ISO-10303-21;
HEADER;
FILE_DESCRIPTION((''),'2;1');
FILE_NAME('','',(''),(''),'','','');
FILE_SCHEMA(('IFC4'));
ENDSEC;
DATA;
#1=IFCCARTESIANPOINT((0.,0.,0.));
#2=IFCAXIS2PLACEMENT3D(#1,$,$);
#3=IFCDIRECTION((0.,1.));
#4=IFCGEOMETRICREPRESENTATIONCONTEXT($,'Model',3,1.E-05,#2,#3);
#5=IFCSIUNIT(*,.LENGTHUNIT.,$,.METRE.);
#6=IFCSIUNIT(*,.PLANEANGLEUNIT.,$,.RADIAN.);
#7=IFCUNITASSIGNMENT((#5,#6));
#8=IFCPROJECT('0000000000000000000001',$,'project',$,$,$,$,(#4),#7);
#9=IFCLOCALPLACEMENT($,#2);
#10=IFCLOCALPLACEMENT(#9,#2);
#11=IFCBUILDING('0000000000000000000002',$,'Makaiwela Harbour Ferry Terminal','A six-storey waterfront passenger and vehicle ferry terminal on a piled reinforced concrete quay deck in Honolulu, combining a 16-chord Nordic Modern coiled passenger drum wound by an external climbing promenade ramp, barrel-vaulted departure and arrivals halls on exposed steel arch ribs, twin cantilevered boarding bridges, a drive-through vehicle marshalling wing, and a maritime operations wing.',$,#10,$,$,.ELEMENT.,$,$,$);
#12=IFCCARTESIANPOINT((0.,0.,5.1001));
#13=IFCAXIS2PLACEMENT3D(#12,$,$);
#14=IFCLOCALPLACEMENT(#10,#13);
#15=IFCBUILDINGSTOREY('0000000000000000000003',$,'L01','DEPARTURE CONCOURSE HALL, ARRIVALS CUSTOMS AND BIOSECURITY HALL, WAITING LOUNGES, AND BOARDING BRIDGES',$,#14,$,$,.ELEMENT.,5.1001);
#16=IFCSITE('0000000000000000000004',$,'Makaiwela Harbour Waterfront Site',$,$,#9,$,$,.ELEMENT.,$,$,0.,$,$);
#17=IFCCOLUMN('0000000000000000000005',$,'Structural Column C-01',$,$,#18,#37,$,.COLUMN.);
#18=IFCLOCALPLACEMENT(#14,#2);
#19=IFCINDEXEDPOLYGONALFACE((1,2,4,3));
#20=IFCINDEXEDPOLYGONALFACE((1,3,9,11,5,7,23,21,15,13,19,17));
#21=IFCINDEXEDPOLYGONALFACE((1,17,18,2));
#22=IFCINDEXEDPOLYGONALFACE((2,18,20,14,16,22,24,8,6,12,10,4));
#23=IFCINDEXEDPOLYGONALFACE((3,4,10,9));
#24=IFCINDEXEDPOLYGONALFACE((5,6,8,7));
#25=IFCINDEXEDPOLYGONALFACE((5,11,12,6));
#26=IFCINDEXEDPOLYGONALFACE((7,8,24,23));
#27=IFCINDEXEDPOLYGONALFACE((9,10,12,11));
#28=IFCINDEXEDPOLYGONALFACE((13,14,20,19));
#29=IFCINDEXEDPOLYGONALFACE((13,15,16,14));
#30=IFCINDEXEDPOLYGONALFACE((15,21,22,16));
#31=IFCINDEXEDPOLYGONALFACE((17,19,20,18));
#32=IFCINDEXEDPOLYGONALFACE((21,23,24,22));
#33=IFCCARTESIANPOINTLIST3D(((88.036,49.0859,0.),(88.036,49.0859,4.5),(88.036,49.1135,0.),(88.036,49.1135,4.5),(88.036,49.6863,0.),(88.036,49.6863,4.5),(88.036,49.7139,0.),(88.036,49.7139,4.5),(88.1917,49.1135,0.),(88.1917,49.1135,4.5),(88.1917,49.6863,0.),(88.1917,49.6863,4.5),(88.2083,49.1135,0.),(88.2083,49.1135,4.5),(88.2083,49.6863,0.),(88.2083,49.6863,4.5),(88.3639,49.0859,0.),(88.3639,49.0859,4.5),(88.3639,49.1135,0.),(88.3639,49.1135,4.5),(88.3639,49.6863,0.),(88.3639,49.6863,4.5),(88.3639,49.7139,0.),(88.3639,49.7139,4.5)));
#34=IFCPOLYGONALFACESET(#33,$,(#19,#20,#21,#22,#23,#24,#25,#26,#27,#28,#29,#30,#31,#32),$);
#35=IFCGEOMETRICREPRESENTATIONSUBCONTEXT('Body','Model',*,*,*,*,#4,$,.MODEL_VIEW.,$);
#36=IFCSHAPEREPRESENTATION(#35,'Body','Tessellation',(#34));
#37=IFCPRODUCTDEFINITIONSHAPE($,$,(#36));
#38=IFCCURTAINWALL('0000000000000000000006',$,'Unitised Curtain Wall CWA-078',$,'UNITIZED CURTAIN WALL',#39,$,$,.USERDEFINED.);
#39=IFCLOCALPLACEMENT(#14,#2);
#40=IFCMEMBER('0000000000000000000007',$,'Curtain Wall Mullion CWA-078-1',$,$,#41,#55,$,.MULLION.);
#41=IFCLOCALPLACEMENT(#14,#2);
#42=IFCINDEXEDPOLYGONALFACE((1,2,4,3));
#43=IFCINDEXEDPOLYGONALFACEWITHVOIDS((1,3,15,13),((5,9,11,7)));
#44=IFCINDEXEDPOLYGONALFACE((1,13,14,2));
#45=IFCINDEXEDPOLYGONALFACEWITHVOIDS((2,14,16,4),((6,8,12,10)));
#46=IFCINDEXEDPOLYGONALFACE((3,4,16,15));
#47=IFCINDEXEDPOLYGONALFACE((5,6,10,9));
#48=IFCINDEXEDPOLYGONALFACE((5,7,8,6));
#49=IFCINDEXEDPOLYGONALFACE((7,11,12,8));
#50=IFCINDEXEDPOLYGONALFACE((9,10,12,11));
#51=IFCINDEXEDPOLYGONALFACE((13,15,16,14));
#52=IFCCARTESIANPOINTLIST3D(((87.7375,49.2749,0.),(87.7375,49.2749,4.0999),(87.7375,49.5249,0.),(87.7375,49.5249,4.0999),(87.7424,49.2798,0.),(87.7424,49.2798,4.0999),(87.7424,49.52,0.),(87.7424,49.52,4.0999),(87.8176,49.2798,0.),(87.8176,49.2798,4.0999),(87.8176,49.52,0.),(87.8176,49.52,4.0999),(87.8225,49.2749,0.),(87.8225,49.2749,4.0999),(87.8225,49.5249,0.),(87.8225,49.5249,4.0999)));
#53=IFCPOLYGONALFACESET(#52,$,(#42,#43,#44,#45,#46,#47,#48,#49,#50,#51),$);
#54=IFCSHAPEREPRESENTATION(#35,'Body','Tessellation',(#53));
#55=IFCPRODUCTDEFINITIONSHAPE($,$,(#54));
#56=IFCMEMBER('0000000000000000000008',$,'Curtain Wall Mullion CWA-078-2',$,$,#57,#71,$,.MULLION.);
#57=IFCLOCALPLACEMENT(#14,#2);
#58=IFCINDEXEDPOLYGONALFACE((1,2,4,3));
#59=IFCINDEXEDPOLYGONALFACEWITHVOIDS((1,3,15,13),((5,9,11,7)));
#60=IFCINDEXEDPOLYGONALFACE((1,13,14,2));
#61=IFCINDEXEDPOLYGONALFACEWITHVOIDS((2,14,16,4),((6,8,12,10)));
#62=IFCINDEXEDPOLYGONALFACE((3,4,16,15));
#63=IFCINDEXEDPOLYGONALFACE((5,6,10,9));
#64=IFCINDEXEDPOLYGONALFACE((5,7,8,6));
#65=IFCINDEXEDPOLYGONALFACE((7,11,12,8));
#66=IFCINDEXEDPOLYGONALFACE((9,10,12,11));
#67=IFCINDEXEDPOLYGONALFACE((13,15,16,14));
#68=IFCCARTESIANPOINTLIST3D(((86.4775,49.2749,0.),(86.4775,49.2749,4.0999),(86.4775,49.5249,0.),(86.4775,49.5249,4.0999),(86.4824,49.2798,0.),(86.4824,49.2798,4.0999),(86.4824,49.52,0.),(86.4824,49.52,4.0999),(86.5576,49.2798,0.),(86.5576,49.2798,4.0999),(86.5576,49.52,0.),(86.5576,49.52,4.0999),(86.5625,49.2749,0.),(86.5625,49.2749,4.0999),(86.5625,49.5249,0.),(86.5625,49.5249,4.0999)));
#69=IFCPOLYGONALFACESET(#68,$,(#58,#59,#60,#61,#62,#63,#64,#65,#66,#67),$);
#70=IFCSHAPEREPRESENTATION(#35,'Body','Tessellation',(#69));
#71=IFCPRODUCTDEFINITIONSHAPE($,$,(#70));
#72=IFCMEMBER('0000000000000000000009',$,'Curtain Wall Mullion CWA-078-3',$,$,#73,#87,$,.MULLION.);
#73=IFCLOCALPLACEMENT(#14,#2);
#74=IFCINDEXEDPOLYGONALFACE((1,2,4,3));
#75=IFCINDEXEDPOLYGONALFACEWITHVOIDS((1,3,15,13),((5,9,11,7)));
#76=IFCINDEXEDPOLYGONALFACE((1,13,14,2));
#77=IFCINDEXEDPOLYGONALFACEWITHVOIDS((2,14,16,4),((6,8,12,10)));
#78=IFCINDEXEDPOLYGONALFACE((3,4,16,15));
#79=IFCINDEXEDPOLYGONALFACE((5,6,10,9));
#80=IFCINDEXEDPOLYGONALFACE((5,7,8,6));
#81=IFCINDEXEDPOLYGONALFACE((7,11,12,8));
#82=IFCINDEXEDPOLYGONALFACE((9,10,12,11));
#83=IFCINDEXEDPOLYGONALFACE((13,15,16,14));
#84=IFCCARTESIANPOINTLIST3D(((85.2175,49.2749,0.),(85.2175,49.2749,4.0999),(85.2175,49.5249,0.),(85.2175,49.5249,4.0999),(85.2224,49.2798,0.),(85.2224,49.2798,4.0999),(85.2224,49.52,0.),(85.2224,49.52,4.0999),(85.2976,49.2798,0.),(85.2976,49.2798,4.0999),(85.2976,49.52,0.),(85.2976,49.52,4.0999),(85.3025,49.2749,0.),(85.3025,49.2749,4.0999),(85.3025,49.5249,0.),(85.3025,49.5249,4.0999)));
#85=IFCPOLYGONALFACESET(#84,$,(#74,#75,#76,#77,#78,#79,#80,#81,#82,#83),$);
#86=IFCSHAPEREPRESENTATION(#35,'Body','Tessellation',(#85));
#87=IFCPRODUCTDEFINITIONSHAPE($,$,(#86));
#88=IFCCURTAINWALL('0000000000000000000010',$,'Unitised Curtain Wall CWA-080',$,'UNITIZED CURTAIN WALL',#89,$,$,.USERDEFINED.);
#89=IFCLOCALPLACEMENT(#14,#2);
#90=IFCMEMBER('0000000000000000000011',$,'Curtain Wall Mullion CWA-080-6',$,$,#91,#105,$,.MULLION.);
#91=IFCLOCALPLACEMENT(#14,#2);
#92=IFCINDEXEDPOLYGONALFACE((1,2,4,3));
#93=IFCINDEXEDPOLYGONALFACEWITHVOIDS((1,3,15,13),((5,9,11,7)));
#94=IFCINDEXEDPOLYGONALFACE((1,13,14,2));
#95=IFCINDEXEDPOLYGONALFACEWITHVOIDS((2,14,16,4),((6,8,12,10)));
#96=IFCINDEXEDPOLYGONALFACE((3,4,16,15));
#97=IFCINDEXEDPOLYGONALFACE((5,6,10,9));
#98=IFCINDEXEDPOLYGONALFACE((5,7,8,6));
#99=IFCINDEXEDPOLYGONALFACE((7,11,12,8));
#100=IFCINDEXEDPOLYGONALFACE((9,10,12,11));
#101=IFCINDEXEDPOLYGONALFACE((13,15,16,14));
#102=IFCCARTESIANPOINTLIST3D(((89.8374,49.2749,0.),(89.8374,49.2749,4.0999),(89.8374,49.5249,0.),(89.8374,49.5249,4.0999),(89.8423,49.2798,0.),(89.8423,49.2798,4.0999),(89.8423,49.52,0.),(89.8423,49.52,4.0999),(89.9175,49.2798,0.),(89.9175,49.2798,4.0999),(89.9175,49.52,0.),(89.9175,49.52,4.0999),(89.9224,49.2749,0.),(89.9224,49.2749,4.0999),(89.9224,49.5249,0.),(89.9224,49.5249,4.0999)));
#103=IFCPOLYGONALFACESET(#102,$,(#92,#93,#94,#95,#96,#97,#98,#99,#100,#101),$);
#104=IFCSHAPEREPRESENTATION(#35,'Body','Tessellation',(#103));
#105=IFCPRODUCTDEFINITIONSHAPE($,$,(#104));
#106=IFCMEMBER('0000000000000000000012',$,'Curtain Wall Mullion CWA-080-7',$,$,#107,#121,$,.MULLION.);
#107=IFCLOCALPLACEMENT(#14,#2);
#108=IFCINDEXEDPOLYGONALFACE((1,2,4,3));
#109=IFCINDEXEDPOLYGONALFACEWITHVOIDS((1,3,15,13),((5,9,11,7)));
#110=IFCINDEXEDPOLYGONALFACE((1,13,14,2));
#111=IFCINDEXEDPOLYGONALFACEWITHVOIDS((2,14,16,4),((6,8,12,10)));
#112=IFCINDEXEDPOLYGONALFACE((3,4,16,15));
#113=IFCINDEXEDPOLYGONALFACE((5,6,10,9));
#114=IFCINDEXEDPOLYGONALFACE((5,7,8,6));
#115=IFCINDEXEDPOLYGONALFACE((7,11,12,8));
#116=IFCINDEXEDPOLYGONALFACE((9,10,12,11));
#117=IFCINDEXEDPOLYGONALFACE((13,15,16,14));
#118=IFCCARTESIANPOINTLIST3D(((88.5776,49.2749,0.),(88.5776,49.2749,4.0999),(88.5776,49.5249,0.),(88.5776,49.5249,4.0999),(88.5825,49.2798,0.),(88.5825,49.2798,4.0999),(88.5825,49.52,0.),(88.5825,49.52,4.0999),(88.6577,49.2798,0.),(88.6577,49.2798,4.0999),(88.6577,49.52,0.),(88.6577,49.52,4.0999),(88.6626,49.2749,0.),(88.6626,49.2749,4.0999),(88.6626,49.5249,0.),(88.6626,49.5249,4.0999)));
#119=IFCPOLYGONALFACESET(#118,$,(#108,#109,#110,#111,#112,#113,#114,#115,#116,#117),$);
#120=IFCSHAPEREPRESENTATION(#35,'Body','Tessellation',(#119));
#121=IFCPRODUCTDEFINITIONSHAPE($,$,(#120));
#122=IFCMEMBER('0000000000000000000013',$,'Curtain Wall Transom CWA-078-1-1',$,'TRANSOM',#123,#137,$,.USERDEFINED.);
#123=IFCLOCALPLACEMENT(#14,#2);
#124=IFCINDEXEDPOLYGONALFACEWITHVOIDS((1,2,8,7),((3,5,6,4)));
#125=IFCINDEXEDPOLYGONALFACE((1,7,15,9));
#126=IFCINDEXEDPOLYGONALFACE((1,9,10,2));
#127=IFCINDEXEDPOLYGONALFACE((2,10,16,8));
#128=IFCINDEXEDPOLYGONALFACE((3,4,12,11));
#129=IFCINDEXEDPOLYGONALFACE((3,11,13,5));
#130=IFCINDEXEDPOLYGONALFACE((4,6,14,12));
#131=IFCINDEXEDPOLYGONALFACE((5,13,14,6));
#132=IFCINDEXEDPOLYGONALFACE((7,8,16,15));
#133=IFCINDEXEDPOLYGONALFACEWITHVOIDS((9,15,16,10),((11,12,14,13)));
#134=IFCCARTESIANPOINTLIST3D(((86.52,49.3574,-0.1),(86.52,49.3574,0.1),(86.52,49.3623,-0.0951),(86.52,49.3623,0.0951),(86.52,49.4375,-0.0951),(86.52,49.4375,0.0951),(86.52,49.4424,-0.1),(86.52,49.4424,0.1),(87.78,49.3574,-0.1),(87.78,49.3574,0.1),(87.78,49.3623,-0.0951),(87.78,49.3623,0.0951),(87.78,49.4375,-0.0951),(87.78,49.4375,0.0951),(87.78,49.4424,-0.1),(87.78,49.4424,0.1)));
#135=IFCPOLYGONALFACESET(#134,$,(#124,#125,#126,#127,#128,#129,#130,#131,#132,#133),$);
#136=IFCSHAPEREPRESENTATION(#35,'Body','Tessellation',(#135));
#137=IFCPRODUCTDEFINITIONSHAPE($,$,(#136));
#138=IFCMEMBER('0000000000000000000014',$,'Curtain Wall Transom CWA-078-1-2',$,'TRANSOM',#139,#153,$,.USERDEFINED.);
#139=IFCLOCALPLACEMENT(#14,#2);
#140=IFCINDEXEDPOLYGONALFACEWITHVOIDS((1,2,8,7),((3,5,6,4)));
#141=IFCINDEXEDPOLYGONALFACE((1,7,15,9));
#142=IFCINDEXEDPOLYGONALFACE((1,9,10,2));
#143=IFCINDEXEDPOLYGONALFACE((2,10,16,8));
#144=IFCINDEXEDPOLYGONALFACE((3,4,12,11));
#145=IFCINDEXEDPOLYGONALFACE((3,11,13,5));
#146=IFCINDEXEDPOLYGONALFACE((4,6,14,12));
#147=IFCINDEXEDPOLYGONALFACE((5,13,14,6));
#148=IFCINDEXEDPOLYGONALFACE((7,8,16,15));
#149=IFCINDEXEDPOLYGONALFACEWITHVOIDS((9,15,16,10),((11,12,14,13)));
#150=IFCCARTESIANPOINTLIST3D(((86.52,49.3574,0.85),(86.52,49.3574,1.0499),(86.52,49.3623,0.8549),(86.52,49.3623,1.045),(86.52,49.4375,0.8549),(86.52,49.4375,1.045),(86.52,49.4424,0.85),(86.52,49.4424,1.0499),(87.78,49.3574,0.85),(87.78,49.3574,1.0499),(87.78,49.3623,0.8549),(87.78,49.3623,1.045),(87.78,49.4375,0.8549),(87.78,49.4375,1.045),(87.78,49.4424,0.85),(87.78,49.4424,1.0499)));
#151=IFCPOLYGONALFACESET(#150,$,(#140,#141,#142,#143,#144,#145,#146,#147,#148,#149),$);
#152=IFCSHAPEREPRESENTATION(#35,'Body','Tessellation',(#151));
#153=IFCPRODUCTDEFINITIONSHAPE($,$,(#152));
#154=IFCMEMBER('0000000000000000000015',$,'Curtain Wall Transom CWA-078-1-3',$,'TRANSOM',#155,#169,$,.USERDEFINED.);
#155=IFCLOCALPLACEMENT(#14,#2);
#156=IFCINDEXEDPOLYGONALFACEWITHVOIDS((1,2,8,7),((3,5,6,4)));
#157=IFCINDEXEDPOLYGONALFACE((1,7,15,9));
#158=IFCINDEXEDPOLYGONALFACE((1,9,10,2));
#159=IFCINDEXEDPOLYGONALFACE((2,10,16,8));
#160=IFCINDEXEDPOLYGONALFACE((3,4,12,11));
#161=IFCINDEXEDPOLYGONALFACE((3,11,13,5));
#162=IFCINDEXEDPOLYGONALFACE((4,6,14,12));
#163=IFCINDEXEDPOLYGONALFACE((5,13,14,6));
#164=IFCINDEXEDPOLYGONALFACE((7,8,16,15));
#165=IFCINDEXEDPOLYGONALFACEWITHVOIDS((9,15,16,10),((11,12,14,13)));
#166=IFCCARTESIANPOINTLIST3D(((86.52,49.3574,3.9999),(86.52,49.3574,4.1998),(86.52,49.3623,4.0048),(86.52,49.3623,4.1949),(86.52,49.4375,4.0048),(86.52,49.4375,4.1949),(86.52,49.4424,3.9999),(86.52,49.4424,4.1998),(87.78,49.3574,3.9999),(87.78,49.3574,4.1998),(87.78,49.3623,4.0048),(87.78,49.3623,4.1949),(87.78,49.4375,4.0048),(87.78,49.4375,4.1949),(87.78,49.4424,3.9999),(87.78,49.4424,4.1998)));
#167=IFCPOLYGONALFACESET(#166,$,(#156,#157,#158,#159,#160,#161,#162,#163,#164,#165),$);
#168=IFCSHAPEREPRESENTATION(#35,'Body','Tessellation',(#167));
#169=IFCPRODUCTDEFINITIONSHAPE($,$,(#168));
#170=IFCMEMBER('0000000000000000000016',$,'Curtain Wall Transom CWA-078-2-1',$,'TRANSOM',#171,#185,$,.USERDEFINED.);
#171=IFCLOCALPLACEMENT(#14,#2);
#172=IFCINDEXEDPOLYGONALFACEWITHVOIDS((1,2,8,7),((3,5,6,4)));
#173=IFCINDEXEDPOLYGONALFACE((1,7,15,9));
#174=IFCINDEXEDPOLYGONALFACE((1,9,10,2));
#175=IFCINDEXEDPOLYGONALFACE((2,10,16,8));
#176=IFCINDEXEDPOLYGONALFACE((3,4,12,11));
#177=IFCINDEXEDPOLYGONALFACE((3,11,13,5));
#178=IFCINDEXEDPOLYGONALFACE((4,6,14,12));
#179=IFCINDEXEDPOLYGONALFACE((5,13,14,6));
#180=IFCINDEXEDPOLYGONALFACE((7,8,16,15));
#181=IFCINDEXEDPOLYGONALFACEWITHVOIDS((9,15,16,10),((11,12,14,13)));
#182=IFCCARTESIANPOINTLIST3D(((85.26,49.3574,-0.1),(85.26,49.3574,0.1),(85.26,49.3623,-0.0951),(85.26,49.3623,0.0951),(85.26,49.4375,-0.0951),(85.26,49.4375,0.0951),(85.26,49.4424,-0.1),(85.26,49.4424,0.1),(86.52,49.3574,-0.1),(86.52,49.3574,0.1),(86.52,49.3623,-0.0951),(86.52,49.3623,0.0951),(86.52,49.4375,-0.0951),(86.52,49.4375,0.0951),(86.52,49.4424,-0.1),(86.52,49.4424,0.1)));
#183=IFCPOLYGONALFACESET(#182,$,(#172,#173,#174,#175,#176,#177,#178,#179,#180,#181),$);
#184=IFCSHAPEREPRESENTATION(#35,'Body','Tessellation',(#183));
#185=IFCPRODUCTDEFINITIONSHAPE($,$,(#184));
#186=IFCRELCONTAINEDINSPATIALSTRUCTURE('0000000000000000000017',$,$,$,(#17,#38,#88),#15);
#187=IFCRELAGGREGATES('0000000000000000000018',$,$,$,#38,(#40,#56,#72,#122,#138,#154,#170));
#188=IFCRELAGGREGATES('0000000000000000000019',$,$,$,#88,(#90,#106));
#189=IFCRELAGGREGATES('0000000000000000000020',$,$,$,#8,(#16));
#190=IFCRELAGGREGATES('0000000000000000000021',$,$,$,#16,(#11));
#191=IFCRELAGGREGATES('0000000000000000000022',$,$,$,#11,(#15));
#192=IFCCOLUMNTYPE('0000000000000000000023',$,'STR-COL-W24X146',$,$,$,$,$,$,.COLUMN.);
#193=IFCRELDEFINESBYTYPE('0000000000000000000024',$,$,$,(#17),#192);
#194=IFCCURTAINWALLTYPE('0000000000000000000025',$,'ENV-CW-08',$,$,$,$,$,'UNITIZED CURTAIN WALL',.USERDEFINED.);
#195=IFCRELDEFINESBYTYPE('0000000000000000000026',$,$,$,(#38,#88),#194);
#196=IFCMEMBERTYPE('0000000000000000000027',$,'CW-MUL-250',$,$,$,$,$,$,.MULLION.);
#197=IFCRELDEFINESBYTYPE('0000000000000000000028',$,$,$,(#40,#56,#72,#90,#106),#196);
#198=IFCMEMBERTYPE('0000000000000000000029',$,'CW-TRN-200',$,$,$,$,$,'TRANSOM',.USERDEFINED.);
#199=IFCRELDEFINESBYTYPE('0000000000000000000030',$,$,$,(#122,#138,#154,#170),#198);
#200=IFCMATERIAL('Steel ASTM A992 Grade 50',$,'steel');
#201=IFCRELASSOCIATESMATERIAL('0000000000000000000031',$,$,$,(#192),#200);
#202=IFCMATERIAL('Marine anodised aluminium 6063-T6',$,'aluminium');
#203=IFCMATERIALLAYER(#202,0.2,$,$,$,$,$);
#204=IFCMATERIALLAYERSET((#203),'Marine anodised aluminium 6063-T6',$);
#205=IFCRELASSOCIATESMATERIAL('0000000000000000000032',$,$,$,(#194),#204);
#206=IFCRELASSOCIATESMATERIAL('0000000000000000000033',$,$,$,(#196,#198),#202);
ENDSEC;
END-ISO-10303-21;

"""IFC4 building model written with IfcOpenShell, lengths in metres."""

from ifc_helpers import new_model, si_unit, direction, frame, origin, origin_2d, place, context, subcontext, project, spatial, hollow_rectangle, i_section, extrude, material, layer, layer_set, material_profile, profile_set, type_object, element, aggregate, save


model = new_model("IFC4")

# Units and contexts
model_context = context("Model", 3, precision=1e-05, world=origin(), true_north=direction((0.0, 1.0)))
body_context = subcontext(model_context, "Body", "Model", "MODEL_VIEW")
ifc_project = project(units=[si_unit("LENGTHUNIT", "METRE"), si_unit("PLANEANGLEUNIT", "RADIAN")], contexts=[model_context])

# Site, building, storey
site_placement = place(None, origin())
site = spatial("IfcSite", under=ifc_project, at=site_placement, Name="Makaiwela Harbour Waterfront Site", CompositionType="ELEMENT", RefElevation=0.0)
building_placement = place(site_placement, origin())
building = spatial("IfcBuilding", under=site, at=building_placement, Name="Makaiwela Harbour Ferry Terminal", Description="A six-storey waterfront passenger and vehicle ferry terminal on a piled reinforced concrete quay deck in Honolulu, combining a 16-chord Nordic Modern coiled passenger drum wound by an external climbing promenade ramp, barrel-vaulted departure and arrivals halls on exposed steel arch ribs, twin cantilevered boarding bridges, a drive-through vehicle marshalling wing, and a maritime operations wing.", CompositionType="ELEMENT")
storey_placement = place(building_placement, frame((0.0, 0.0, 5.1001)))
storey = spatial("IfcBuildingStorey", under=building, at=storey_placement, Name="L01", Description="DEPARTURE CONCOURSE HALL, ARRIVALS CUSTOMS AND BIOSECURITY HALL, WAITING LOUNGES, AND BOARDING BRIDGES", CompositionType="ELEMENT", Elevation=5.1001)

# Column
ifc_material_1 = material(Name="Steel ASTM A992 Grade 50", Category="steel")
ifc_material_profile_1 = material_profile(ifc_material_1, i_section(OverallWidth=0.3279, OverallDepth=0.6279, WebThickness=0.0166, FlangeThickness=0.0276, at=origin_2d()), Name="W24X146")
ifc_profile_set_1 = profile_set([ifc_material_profile_1], Name="Steel ASTM A992 Grade 50")
column_type = type_object("IfcColumnType", Name="STR-COL-W24X146", PredefinedType="COLUMN", material=ifc_profile_set_1)
column_placement = place(storey_placement, frame((88.2, 49.3999, 0.0), z_axis=(0.0, 0.0, 1.0), x_axis=(1.0, 0.0, 0.0)))
element("IfcColumn", 1, at=column_placement, inside=storey, type_object=column_type, Name="Structural Column C-01", PredefinedType="COLUMN", context=body_context, shape_type="SweptSolid", body=[
    extrude(i_section(OverallWidth=0.3279, OverallDepth=0.6279, WebThickness=0.0166, FlangeThickness=0.0276, at=origin_2d()), origin(), (0.0, 0.0, 1.0), 4.5),
])

# Curtain walls, members
ifc_material_2 = material(Name="Marine anodised aluminium 6063-T6", Category="aluminium")
ifc_layer_1 = layer(ifc_material_2, 0.2)
ifc_layer_set_1 = layer_set([ifc_layer_1], Name="Marine anodised aluminium 6063-T6")
curtain_wall_type = type_object("IfcCurtainWallType", Name="ENV-CW-08", ElementType="UNITIZED CURTAIN WALL", PredefinedType="USERDEFINED", material=ifc_layer_set_1)
curtain_wall_1_placement = place(storey_placement, origin())
curtain_wall_1 = element("IfcCurtainWall", 2, at=curtain_wall_1_placement, inside=storey, type_object=curtain_wall_type, Name="Unitised Curtain Wall CWA-078", ObjectType="UNITIZED CURTAIN WALL", PredefinedType="USERDEFINED")
ifc_material_profile_2 = material_profile(ifc_material_2, hollow_rectangle(XDim=0.085, YDim=0.25, WallThickness=0.0049, at=origin_2d()), Name="CWM-250X85")
ifc_profile_set_2 = profile_set([ifc_material_profile_2], Name="Marine anodised aluminium 6063-T6")
member_type_1 = type_object("IfcMemberType", Name="CW-MUL-250", PredefinedType="MULLION", material=ifc_profile_set_2)
member_1_placement = place(storey_placement, frame((87.78, 49.3999, 0.0), z_axis=(0.0, 0.0, 1.0), x_axis=(1.0, 0.0, 0.0)))
member_1 = element("IfcMember", 3, at=member_1_placement, type_object=member_type_1, Name="Curtain Wall Mullion CWA-078-1", PredefinedType="MULLION", context=body_context, shape_type="SweptSolid", body=[
    extrude(hollow_rectangle(XDim=0.085, YDim=0.25, WallThickness=0.0049, at=origin_2d()), origin(), (0.0, 0.0, 1.0), 4.0999),
])
member_2_placement = place(storey_placement, frame((86.52, 49.3999, 0.0), z_axis=(0.0, 0.0, 1.0), x_axis=(1.0, 0.0, 0.0)))
member_2 = element("IfcMember", 4, at=member_2_placement, type_object=member_type_1, Name="Curtain Wall Mullion CWA-078-2", PredefinedType="MULLION", context=body_context, shape_type="SweptSolid", body=[
    extrude(hollow_rectangle(XDim=0.085, YDim=0.25, WallThickness=0.0049, at=origin_2d()), origin(), (0.0, 0.0, 1.0), 4.0999),
])
member_3_placement = place(storey_placement, frame((85.26, 49.3999, 0.0), z_axis=(0.0, 0.0, 1.0), x_axis=(1.0, 0.0, 0.0)))
member_3 = element("IfcMember", 5, at=member_3_placement, type_object=member_type_1, Name="Curtain Wall Mullion CWA-078-3", PredefinedType="MULLION", context=body_context, shape_type="SweptSolid", body=[
    extrude(hollow_rectangle(XDim=0.085, YDim=0.25, WallThickness=0.0049, at=origin_2d()), origin(), (0.0, 0.0, 1.0), 4.0999),
])
curtain_wall_2_placement = place(storey_placement, origin())
curtain_wall_2 = element("IfcCurtainWall", 6, at=curtain_wall_2_placement, inside=storey, type_object=curtain_wall_type, Name="Unitised Curtain Wall CWA-080", ObjectType="UNITIZED CURTAIN WALL", PredefinedType="USERDEFINED")
member_4_placement = place(storey_placement, frame((89.8799, 49.3999, 0.0), z_axis=(0.0, 0.0, 1.0), x_axis=(1.0, 0.0, 0.0)))
member_4 = element("IfcMember", 7, at=member_4_placement, type_object=member_type_1, Name="Curtain Wall Mullion CWA-080-6", PredefinedType="MULLION", context=body_context, shape_type="SweptSolid", body=[
    extrude(hollow_rectangle(XDim=0.085, YDim=0.25, WallThickness=0.0049, at=origin_2d()), origin(), (0.0, 0.0, 1.0), 4.0999),
])
member_5_placement = place(storey_placement, frame((88.6201, 49.3999, 0.0), z_axis=(0.0, 0.0, 1.0), x_axis=(1.0, 0.0, 0.0)))
member_5 = element("IfcMember", 8, at=member_5_placement, type_object=member_type_1, Name="Curtain Wall Mullion CWA-080-7", PredefinedType="MULLION", context=body_context, shape_type="SweptSolid", body=[
    extrude(hollow_rectangle(XDim=0.085, YDim=0.25, WallThickness=0.0049, at=origin_2d()), origin(), (0.0, 0.0, 1.0), 4.0999),
])

# Members
ifc_material_profile_3 = material_profile(ifc_material_2, hollow_rectangle(XDim=0.085, YDim=0.2, WallThickness=0.0049, at=origin_2d()), Name="CWT-200X85")
ifc_profile_set_3 = profile_set([ifc_material_profile_3], Name="Marine anodised aluminium 6063-T6")
member_type_2 = type_object("IfcMemberType", Name="CW-TRN-200", ElementType="TRANSOM", PredefinedType="USERDEFINED", material=ifc_profile_set_3)
member_6_placement = place(storey_placement, frame((87.78, 49.3999, 0.0), z_axis=(-1.0, 0.0, 0.0), x_axis=(0.0, -1.0, 0.0)))
member_6 = element("IfcMember", 9, at=member_6_placement, type_object=member_type_2, Name="Curtain Wall Transom CWA-078-1-1", ObjectType="TRANSOM", PredefinedType="USERDEFINED", context=body_context, shape_type="SweptSolid", body=[
    extrude(hollow_rectangle(XDim=0.085, YDim=0.2, WallThickness=0.0049, at=origin_2d()), origin(), (0.0, 0.0, 1.0), 1.26),
])
member_7_placement = place(storey_placement, frame((87.78, 49.3999, 0.95), z_axis=(-1.0, 0.0, 0.0), x_axis=(0.0, -1.0, 0.0)))
member_7 = element("IfcMember", 10, at=member_7_placement, type_object=member_type_2, Name="Curtain Wall Transom CWA-078-1-2", ObjectType="TRANSOM", PredefinedType="USERDEFINED", context=body_context, shape_type="SweptSolid", body=[
    extrude(hollow_rectangle(XDim=0.085, YDim=0.2, WallThickness=0.0049, at=origin_2d()), origin(), (0.0, 0.0, 1.0), 1.26),
])
member_8_placement = place(storey_placement, frame((87.78, 49.3999, 4.0999), z_axis=(-1.0, 0.0, 0.0), x_axis=(0.0, -1.0, 0.0)))
member_8 = element("IfcMember", 11, at=member_8_placement, type_object=member_type_2, Name="Curtain Wall Transom CWA-078-1-3", ObjectType="TRANSOM", PredefinedType="USERDEFINED", context=body_context, shape_type="SweptSolid", body=[
    extrude(hollow_rectangle(XDim=0.085, YDim=0.2, WallThickness=0.0049, at=origin_2d()), origin(), (0.0, 0.0, 1.0), 1.26),
])
member_9_placement = place(storey_placement, frame((86.52, 49.3999, 0.0), z_axis=(-1.0, 0.0, 0.0), x_axis=(0.0, -1.0, 0.0)))
member_9 = element("IfcMember", 12, at=member_9_placement, type_object=member_type_2, Name="Curtain Wall Transom CWA-078-2-1", ObjectType="TRANSOM", PredefinedType="USERDEFINED", context=body_context, shape_type="SweptSolid", body=[
    extrude(hollow_rectangle(XDim=0.085, YDim=0.2, WallThickness=0.0049, at=origin_2d()), origin(), (0.0, 0.0, 1.0), 1.26),
])

aggregate(curtain_wall_1, [member_1, member_2, member_3, member_6, member_7, member_8, member_9])
aggregate(curtain_wall_2, [member_4, member_5])

save(model, "model.ifc")
